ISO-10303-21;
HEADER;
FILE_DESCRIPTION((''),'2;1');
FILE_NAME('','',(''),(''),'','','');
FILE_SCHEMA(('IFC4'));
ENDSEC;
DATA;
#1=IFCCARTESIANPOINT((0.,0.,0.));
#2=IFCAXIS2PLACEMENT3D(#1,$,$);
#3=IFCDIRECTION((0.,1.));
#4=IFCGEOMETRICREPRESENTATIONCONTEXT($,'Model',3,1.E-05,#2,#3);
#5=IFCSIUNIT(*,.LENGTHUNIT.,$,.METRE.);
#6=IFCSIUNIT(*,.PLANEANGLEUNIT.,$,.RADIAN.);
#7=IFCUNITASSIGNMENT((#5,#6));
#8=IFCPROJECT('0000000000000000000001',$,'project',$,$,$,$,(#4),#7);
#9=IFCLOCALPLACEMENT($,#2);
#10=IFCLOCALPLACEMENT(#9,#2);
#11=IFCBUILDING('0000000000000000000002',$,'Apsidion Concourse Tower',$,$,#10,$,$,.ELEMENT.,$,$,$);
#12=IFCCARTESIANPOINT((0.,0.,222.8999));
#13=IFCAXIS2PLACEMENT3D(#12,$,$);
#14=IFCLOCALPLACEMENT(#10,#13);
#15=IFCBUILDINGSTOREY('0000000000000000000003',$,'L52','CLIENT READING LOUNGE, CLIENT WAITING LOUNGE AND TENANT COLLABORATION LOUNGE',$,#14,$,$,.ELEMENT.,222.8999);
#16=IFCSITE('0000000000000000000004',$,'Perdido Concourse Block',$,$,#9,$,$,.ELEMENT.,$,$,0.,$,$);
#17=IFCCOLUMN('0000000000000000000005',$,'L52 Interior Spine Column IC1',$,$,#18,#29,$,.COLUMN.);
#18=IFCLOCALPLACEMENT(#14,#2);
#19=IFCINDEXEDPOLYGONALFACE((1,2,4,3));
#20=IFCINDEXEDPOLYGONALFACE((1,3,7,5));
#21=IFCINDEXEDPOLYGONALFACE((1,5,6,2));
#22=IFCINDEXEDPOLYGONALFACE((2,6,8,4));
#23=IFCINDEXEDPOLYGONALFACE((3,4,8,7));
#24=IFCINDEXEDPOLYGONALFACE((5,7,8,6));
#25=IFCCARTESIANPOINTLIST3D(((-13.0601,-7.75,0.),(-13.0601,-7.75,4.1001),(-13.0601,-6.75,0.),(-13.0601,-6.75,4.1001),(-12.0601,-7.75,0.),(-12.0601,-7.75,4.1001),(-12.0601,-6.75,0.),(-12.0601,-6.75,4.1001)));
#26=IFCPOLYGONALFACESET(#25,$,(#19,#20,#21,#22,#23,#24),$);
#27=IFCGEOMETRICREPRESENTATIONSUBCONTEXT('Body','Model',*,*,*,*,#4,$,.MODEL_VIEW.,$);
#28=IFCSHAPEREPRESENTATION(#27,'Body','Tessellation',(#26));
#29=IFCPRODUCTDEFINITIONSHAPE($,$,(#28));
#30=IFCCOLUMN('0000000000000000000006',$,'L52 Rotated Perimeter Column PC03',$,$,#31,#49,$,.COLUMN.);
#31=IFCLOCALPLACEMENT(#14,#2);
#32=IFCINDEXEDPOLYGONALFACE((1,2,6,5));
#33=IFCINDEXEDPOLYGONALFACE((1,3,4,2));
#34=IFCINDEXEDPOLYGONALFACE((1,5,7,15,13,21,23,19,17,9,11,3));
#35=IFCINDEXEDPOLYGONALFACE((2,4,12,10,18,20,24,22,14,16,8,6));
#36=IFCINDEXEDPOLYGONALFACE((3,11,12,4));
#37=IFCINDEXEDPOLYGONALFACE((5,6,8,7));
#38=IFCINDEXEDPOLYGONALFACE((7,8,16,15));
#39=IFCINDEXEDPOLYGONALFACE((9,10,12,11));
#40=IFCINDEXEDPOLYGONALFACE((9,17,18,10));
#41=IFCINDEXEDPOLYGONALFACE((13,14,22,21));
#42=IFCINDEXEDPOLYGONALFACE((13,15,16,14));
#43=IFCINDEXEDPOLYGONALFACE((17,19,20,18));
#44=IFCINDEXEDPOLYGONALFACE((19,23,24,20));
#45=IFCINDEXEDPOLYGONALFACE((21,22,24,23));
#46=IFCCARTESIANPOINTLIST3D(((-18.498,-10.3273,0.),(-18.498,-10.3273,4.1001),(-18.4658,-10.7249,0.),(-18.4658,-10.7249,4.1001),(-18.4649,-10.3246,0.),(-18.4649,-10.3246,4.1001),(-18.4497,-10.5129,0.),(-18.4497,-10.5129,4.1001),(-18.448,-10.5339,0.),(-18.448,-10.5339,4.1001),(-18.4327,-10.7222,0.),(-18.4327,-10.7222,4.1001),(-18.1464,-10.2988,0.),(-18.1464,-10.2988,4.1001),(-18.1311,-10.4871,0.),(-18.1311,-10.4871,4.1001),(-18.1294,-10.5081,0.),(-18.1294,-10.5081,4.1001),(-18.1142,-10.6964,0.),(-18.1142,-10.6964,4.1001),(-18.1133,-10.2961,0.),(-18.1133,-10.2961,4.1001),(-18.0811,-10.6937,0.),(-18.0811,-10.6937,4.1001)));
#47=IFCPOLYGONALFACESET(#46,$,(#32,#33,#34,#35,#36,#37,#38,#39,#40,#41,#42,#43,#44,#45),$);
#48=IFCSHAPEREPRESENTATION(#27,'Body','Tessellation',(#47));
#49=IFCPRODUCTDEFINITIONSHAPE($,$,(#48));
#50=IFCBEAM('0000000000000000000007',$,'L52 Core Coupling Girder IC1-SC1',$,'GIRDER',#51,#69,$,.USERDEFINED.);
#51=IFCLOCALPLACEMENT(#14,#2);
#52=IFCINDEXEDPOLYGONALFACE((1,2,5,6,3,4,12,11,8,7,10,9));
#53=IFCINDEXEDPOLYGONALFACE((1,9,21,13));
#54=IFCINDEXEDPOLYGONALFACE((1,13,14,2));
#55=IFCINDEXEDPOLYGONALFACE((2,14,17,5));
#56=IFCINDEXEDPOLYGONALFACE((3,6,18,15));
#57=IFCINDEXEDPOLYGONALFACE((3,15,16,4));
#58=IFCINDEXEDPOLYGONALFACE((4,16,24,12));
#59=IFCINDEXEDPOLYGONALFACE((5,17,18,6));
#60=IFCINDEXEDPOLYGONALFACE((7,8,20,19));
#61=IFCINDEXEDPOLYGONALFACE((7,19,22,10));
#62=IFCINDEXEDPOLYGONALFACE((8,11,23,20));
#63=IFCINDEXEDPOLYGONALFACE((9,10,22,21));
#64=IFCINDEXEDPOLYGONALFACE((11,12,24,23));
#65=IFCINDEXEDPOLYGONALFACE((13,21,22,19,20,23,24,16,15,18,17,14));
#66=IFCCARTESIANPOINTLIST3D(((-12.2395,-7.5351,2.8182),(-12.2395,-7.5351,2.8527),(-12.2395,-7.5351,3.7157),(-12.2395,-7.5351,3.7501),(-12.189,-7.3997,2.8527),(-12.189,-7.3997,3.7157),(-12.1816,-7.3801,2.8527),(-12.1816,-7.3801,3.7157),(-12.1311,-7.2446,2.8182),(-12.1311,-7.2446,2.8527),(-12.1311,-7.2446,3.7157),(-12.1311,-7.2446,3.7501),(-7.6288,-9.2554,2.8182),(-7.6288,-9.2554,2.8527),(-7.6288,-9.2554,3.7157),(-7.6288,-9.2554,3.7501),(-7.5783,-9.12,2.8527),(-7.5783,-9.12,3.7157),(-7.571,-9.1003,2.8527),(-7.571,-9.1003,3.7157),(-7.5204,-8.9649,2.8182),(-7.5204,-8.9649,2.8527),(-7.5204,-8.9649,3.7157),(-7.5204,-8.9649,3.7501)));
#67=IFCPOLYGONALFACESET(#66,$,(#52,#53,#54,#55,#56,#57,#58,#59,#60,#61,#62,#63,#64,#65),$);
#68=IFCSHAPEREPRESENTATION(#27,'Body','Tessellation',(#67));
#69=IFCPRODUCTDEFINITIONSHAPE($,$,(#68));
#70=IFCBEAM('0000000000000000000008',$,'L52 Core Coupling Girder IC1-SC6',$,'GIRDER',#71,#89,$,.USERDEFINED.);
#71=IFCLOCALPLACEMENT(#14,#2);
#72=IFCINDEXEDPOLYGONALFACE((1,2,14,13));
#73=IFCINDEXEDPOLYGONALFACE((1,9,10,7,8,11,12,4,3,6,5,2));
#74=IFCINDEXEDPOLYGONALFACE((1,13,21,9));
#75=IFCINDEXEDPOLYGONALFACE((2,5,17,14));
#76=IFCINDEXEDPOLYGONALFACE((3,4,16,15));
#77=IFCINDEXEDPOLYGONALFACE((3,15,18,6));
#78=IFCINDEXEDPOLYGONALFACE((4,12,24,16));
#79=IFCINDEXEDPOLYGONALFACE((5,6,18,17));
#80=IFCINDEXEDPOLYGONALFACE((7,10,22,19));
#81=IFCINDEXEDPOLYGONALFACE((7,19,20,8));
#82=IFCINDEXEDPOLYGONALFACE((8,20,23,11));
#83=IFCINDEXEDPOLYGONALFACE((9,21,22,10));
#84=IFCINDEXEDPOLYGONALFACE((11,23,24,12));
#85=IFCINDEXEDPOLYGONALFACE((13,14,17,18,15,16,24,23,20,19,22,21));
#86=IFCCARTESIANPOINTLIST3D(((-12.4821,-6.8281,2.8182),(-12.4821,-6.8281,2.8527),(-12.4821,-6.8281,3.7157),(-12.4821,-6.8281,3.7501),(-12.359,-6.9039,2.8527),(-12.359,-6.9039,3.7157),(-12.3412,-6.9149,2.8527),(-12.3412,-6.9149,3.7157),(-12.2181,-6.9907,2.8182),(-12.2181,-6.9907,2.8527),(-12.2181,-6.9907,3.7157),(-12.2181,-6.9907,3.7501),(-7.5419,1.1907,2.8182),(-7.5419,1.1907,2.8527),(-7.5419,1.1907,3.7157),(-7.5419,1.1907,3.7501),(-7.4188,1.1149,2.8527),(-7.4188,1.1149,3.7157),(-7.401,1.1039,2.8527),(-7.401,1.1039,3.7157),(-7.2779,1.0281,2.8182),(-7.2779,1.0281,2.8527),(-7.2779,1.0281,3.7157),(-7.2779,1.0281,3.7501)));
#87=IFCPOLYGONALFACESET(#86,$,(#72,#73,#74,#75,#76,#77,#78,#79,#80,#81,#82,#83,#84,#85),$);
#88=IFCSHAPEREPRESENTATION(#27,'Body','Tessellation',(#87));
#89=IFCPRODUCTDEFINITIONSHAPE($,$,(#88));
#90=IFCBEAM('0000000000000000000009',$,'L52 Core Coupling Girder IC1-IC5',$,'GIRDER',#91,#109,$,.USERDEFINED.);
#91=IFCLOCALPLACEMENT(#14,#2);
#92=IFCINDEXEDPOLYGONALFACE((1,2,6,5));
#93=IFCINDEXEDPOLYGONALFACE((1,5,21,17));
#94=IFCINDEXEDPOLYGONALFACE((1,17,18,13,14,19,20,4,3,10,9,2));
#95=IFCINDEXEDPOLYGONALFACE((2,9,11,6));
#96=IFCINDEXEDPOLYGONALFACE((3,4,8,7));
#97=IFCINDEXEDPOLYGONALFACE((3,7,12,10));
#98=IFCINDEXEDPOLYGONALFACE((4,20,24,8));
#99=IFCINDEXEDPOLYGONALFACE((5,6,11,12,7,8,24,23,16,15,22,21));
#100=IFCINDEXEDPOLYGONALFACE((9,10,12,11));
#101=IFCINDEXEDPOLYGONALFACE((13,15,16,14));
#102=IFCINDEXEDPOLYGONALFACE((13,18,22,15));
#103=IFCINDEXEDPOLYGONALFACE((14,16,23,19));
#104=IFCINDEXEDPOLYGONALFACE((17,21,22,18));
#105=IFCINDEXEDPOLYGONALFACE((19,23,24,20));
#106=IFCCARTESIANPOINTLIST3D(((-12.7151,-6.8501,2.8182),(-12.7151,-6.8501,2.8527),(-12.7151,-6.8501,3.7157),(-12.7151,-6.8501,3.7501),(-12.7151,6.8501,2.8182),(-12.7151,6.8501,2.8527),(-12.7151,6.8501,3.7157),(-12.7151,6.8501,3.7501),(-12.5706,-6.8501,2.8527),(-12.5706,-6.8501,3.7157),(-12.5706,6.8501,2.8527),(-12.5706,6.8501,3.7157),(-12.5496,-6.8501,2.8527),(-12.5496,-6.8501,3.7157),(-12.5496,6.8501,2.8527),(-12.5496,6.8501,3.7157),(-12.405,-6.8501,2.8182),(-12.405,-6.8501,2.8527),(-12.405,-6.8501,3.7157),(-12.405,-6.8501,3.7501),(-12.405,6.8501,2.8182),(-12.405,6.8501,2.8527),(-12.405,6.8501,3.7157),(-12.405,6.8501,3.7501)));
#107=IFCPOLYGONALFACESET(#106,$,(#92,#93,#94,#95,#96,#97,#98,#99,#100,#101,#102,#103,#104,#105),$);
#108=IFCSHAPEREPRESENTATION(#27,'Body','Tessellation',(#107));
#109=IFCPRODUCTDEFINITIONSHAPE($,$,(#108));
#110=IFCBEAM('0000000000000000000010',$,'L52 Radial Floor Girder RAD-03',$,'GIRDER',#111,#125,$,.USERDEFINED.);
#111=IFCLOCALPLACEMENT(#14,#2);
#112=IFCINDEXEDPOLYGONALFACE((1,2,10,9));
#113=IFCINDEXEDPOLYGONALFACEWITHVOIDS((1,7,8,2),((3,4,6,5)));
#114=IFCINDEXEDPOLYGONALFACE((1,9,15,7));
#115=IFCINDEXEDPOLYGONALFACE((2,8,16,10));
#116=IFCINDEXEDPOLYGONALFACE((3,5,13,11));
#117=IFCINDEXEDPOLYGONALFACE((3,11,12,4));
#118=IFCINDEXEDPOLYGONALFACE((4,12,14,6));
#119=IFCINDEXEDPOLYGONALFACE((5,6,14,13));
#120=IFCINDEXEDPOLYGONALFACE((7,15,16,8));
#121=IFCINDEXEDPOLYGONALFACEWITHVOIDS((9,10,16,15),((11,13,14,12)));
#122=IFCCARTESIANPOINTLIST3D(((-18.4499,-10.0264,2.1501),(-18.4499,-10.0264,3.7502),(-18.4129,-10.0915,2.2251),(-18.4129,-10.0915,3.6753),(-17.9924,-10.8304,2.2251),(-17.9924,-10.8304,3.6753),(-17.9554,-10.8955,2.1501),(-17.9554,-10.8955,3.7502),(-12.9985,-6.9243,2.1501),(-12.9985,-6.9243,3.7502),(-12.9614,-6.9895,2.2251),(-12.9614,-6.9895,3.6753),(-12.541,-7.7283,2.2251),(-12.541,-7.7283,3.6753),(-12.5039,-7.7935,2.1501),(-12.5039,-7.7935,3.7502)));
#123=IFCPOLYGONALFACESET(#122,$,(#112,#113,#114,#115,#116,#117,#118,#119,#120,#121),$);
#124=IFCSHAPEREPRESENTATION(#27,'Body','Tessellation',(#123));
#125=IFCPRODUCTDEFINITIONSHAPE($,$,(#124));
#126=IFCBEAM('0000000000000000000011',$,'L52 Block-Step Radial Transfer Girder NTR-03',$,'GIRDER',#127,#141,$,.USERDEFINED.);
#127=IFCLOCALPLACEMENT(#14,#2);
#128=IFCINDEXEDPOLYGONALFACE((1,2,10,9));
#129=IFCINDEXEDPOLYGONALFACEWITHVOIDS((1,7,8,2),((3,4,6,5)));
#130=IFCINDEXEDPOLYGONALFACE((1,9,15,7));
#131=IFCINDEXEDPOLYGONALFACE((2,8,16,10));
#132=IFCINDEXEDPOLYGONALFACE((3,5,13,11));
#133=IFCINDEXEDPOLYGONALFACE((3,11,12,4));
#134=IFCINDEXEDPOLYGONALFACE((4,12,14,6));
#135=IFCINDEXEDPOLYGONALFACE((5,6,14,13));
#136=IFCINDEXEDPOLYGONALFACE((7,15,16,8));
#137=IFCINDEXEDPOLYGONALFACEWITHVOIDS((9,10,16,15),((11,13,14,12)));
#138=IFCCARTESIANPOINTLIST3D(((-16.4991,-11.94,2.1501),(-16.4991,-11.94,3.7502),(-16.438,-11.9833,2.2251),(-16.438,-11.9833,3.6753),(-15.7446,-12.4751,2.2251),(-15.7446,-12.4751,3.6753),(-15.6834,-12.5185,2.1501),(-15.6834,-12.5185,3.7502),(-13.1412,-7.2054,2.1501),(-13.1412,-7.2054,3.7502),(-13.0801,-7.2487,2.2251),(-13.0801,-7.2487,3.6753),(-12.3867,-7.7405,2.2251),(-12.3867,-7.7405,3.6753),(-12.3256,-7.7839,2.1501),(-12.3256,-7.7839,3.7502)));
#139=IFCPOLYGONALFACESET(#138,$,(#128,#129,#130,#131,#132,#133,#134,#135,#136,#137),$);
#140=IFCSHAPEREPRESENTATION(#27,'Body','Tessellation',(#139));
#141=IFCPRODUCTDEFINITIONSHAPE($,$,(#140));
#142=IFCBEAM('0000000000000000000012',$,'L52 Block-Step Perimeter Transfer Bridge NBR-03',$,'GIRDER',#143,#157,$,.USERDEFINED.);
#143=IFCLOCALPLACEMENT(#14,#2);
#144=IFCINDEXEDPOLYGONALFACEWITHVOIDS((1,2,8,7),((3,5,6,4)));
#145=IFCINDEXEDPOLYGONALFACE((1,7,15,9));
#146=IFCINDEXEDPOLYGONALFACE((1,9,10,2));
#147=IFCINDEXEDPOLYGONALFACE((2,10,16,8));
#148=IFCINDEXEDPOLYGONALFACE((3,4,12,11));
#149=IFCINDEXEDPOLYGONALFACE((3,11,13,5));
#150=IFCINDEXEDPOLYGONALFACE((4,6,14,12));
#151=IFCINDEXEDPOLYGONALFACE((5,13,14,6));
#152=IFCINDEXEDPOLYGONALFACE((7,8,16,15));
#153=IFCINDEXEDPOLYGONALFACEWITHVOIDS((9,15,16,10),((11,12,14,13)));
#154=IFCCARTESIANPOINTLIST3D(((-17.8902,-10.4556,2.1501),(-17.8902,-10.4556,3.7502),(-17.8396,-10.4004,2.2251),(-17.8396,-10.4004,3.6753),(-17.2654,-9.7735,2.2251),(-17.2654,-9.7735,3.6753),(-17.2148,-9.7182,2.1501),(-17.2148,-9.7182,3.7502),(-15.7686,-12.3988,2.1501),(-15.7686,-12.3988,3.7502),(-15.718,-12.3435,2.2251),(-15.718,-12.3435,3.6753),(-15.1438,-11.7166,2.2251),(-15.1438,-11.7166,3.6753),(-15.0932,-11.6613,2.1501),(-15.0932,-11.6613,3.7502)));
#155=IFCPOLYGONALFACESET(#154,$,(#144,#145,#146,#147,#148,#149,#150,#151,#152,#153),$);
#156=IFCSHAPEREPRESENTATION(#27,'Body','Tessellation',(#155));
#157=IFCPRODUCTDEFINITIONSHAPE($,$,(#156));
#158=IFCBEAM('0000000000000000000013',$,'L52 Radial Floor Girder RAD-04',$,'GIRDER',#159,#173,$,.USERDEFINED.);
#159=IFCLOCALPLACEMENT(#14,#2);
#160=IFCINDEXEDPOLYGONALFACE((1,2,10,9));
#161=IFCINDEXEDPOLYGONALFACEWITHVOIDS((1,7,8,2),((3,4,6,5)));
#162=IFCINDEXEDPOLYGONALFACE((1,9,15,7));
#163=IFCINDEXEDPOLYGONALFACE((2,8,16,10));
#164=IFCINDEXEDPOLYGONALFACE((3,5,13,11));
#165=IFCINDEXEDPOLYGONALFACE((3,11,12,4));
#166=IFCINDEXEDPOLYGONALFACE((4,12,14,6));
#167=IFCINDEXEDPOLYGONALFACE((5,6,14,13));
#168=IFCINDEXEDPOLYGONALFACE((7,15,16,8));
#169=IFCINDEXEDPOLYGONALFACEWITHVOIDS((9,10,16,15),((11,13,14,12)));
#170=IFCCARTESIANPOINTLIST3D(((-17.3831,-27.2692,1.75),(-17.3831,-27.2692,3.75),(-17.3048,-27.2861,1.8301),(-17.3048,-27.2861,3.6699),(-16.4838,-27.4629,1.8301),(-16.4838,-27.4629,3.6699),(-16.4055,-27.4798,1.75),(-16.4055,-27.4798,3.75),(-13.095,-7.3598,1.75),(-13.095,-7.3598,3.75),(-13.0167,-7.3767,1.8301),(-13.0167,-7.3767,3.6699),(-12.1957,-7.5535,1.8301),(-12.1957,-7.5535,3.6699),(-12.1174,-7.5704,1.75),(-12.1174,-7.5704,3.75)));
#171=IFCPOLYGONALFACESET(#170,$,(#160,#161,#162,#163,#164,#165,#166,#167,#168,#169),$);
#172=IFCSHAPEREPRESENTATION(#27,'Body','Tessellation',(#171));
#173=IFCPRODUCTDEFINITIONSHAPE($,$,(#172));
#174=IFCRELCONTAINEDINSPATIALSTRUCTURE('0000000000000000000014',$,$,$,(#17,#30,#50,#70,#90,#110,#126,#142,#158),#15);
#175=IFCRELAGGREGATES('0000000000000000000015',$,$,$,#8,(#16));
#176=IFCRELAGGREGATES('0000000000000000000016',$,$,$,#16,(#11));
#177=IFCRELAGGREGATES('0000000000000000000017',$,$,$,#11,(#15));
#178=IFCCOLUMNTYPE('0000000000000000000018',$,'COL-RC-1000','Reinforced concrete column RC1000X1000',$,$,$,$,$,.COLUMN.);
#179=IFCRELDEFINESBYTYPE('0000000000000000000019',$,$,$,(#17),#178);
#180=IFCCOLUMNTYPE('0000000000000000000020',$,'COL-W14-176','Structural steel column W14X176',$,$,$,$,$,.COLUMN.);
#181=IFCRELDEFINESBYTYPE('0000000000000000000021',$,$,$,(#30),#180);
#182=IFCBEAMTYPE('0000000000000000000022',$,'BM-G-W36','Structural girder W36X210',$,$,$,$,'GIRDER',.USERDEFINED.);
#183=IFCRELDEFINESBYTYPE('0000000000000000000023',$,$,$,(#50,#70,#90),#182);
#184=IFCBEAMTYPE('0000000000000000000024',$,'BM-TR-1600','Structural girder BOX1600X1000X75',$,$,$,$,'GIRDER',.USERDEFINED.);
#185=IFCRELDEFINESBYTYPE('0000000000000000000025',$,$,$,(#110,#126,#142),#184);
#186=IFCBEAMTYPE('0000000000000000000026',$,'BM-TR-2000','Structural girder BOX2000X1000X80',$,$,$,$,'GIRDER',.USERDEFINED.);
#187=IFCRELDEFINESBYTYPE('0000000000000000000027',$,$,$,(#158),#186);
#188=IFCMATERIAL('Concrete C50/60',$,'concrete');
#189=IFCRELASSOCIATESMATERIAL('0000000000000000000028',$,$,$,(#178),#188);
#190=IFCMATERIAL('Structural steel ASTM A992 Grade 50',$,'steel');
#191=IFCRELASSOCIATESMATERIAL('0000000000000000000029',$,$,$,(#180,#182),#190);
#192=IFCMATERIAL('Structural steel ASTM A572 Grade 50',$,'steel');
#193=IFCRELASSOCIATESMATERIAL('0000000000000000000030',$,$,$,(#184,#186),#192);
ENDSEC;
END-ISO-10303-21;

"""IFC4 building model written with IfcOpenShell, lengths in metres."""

from ifc_helpers import new_model, si_unit, direction, frame, origin, origin_2d, place, context, subcontext, project, spatial, rectangle, hollow_rectangle, i_section, extrude, material, material_profile, profile_set, type_object, element, save


model = new_model("IFC4")

# Units and contexts
model_context = context("Model", 3, precision=1e-05, world=origin(), true_north=direction((0.0, 1.0)))
body_context = subcontext(model_context, "Body", "Model", "MODEL_VIEW")
ifc_project = project(units=[si_unit("LENGTHUNIT", "METRE"), si_unit("PLANEANGLEUNIT", "RADIAN")], contexts=[model_context])

# Site, building, storey
site_placement = place(None, origin())
site = spatial("IfcSite", under=ifc_project, at=site_placement, Name="Perdido Concourse Block", CompositionType="ELEMENT", RefElevation=0.0)
building_placement = place(site_placement, origin())
building = spatial("IfcBuilding", under=site, at=building_placement, Name="Apsidion Concourse Tower", CompositionType="ELEMENT")
storey_placement = place(building_placement, frame((0.0, 0.0, 222.8999)))
storey = spatial("IfcBuildingStorey", under=building, at=storey_placement, Name="L52", Description="CLIENT READING LOUNGE, CLIENT WAITING LOUNGE AND TENANT COLLABORATION LOUNGE", CompositionType="ELEMENT", Elevation=222.8999)

# Columns
ifc_material_1 = material(Name="Concrete C50/60", Category="concrete")
ifc_material_profile_1 = material_profile(ifc_material_1, rectangle(XDim=1.0, YDim=1.0, at=origin_2d()), Name="RC 1000x1000")
ifc_profile_set_1 = profile_set([ifc_material_profile_1], Name="Concrete C50/60")
column_type_1 = type_object("IfcColumnType", Name="COL-RC-1000", Description="Reinforced concrete column RC1000X1000", PredefinedType="COLUMN", material=ifc_profile_set_1)
column_1_placement = place(storey_placement, frame((-12.5601, -7.25, 0.0), z_axis=(0.0, 0.0, 1.0), x_axis=(1.0, 0.0, 0.0)))
element("IfcColumn", 1, at=column_1_placement, inside=storey, type_object=column_type_1, Name="L52 Interior Spine Column IC1", PredefinedType="COLUMN", context=body_context, shape_type="SweptSolid", body=[
    extrude(rectangle(XDim=1.0, YDim=1.0, at=origin_2d()), origin(), (0.0, 0.0, 1.0), 4.1001),
])
ifc_material_2 = material(Name="Structural steel ASTM A992 Grade 50", Category="steel")
ifc_material_profile_2 = material_profile(ifc_material_2, i_section(OverallWidth=0.3989, OverallDepth=0.386, WebThickness=0.021, FlangeThickness=0.0332, at=origin_2d()), Name="W14X176")
ifc_profile_set_2 = profile_set([ifc_material_profile_2], Name="Structural steel ASTM A992 Grade 50")
column_type_2 = type_object("IfcColumnType", Name="COL-W14-176", Description="Structural steel column W14X176", PredefinedType="COLUMN", material=ifc_profile_set_2)
column_2_placement = place(storey_placement, frame((-18.2896, -10.5105, 0.0), z_axis=(0.0, 0.0, 1.0), x_axis=(-0.080721, 0.996737, 0.0)))
element("IfcColumn", 2, at=column_2_placement, inside=storey, type_object=column_type_2, Name="L52 Rotated Perimeter Column PC03", PredefinedType="COLUMN", context=body_context, shape_type="SweptSolid", body=[
    extrude(i_section(OverallWidth=0.3989, OverallDepth=0.386, WebThickness=0.021, FlangeThickness=0.0332, at=origin_2d()), origin(), (0.0, 0.0, 1.0), 4.1001),
])

# Beams
ifc_material_profile_3 = material_profile(ifc_material_2, i_section(OverallWidth=0.3101, OverallDepth=0.9319, WebThickness=0.021, FlangeThickness=0.0344, at=origin_2d()), Name="W36X210")
ifc_profile_set_3 = profile_set([ifc_material_profile_3], Name="Structural steel ASTM A992 Grade 50")
beam_type_1 = type_object("IfcBeamType", Name="BM-G-W36", Description="Structural girder W36X210", ElementType="GIRDER", PredefinedType="USERDEFINED", material=ifc_profile_set_3)
beam_1_placement = place(storey_placement, frame((-12.1853, -7.3899, 3.2842), z_axis=(0.936913, -0.349563, 0.0), x_axis=(0.349563, 0.936913, 0.0)))
element("IfcBeam", 3, at=beam_1_placement, inside=storey, type_object=beam_type_1, Name="L52 Core Coupling Girder IC1-SC1", ObjectType="GIRDER", PredefinedType="USERDEFINED", context=body_context, shape_type="SweptSolid", body=[
    extrude(i_section(OverallWidth=0.3101, OverallDepth=0.9319, WebThickness=0.021, FlangeThickness=0.0344, at=origin_2d()), origin(), (0.0, 0.0, 1.0), 4.9211),
])
beam_2_placement = place(storey_placement, frame((-12.3501, -6.9094, 3.2842), z_axis=(0.524524, 0.851396, 0.0), x_axis=(-0.851396, 0.524524, 0.0)))
element("IfcBeam", 4, at=beam_2_placement, inside=storey, type_object=beam_type_1, Name="L52 Core Coupling Girder IC1-SC6", ObjectType="GIRDER", PredefinedType="USERDEFINED", context=body_context, shape_type="SweptSolid", body=[
    extrude(i_section(OverallWidth=0.3101, OverallDepth=0.9319, WebThickness=0.021, FlangeThickness=0.0344, at=origin_2d()), origin(), (0.0, 0.0, 1.0), 9.4185),
])
beam_3_placement = place(storey_placement, frame((-12.5601, -6.8501, 3.2842), z_axis=(0.0, 1.0, 0.0), x_axis=(-1.0, 0.0, 0.0)))
element("IfcBeam", 5, at=beam_3_placement, inside=storey, type_object=beam_type_1, Name="L52 Core Coupling Girder IC1-IC5", ObjectType="GIRDER", PredefinedType="USERDEFINED", context=body_context, shape_type="SweptSolid", body=[
    extrude(i_section(OverallWidth=0.3101, OverallDepth=0.9319, WebThickness=0.021, FlangeThickness=0.0344, at=origin_2d()), origin(), (0.0, 0.0, 1.0), 13.7002),
])
ifc_material_3 = material(Name="Structural steel ASTM A572 Grade 50", Category="steel")
ifc_material_profile_4 = material_profile(ifc_material_3, hollow_rectangle(XDim=1.0, YDim=1.6001, WallThickness=0.075, at=origin_2d()), Name="BOX1600X1000X75")
ifc_profile_set_4 = profile_set([ifc_material_profile_4], Name="Structural steel ASTM A572 Grade 50")
beam_type_2 = type_object("IfcBeamType", Name="BM-TR-1600", Description="Structural girder BOX1600X1000X75", ElementType="GIRDER", PredefinedType="USERDEFINED", material=ifc_profile_set_4)
beam_4_placement = place(storey_placement, frame((-12.7512, -7.3589, 2.9502), z_axis=(-0.869138, -0.49457, 0.0), x_axis=(0.49457, -0.869138, 0.0)))
element("IfcBeam", 6, at=beam_4_placement, inside=storey, type_object=beam_type_2, Name="L52 Radial Floor Girder RAD-03", ObjectType="GIRDER", PredefinedType="USERDEFINED", context=body_context, shape_type="SweptSolid", body=[
    extrude(hollow_rectangle(XDim=1.0, YDim=1.6001, WallThickness=0.075, at=origin_2d()), origin(), (0.0, 0.0, 1.0), 6.2722),
])
beam_5_placement = place(storey_placement, frame((-12.7334, -7.4946, 2.9502), z_axis=(-0.578502, -0.815681, 0.0), x_axis=(0.815681, -0.578502, 0.0)))
element("IfcBeam", 7, at=beam_5_placement, inside=storey, type_object=beam_type_2, Name="L52 Block-Step Radial Transfer Girder NTR-03", ObjectType="GIRDER", PredefinedType="USERDEFINED", context=body_context, shape_type="SweptSolid", body=[
    extrude(hollow_rectangle(XDim=1.0, YDim=1.6001, WallThickness=0.075, at=origin_2d()), origin(), (0.0, 0.0, 1.0), 5.8044),
])
beam_6_placement = place(storey_placement, frame((-17.5525, -10.0869, 2.9502), z_axis=(0.737443, -0.675409, 0.0), x_axis=(0.675409, 0.737443, 0.0)))
element("IfcBeam", 8, at=beam_6_placement, inside=storey, type_object=beam_type_2, Name="L52 Block-Step Perimeter Transfer Bridge NBR-03", ObjectType="GIRDER", PredefinedType="USERDEFINED", context=body_context, shape_type="SweptSolid", body=[
    extrude(hollow_rectangle(XDim=1.0, YDim=1.6001, WallThickness=0.075, at=origin_2d()), origin(), (0.0, 0.0, 1.0), 2.877),
])
ifc_material_profile_5 = material_profile(ifc_material_3, hollow_rectangle(XDim=1.0, YDim=2.0, WallThickness=0.0801, at=origin_2d()), Name="BOX2000X1000X80")
ifc_profile_set_5 = profile_set([ifc_material_profile_5], Name="Structural steel ASTM A572 Grade 50")
beam_type_3 = type_object("IfcBeamType", Name="BM-TR-2000", Description="Structural girder BOX2000X1000X80", ElementType="GIRDER", PredefinedType="USERDEFINED", material=ifc_profile_set_5)
beam_7_placement = place(storey_placement, frame((-12.6062, -7.4651, 2.75), z_axis=(-0.210551, -0.977583, 0.0), x_axis=(0.977583, -0.210551, 0.0)))
element("IfcBeam", 9, at=beam_7_placement, inside=storey, type_object=beam_type_3, Name="L52 Radial Floor Girder RAD-04", ObjectType="GIRDER", PredefinedType="USERDEFINED", context=body_context, shape_type="SweptSolid", body=[
    extrude(hollow_rectangle(XDim=1.0, YDim=2.0, WallThickness=0.0801, at=origin_2d()), origin(), (0.0, 0.0, 1.0), 20.366),
])

save(model, "model.ifc")
